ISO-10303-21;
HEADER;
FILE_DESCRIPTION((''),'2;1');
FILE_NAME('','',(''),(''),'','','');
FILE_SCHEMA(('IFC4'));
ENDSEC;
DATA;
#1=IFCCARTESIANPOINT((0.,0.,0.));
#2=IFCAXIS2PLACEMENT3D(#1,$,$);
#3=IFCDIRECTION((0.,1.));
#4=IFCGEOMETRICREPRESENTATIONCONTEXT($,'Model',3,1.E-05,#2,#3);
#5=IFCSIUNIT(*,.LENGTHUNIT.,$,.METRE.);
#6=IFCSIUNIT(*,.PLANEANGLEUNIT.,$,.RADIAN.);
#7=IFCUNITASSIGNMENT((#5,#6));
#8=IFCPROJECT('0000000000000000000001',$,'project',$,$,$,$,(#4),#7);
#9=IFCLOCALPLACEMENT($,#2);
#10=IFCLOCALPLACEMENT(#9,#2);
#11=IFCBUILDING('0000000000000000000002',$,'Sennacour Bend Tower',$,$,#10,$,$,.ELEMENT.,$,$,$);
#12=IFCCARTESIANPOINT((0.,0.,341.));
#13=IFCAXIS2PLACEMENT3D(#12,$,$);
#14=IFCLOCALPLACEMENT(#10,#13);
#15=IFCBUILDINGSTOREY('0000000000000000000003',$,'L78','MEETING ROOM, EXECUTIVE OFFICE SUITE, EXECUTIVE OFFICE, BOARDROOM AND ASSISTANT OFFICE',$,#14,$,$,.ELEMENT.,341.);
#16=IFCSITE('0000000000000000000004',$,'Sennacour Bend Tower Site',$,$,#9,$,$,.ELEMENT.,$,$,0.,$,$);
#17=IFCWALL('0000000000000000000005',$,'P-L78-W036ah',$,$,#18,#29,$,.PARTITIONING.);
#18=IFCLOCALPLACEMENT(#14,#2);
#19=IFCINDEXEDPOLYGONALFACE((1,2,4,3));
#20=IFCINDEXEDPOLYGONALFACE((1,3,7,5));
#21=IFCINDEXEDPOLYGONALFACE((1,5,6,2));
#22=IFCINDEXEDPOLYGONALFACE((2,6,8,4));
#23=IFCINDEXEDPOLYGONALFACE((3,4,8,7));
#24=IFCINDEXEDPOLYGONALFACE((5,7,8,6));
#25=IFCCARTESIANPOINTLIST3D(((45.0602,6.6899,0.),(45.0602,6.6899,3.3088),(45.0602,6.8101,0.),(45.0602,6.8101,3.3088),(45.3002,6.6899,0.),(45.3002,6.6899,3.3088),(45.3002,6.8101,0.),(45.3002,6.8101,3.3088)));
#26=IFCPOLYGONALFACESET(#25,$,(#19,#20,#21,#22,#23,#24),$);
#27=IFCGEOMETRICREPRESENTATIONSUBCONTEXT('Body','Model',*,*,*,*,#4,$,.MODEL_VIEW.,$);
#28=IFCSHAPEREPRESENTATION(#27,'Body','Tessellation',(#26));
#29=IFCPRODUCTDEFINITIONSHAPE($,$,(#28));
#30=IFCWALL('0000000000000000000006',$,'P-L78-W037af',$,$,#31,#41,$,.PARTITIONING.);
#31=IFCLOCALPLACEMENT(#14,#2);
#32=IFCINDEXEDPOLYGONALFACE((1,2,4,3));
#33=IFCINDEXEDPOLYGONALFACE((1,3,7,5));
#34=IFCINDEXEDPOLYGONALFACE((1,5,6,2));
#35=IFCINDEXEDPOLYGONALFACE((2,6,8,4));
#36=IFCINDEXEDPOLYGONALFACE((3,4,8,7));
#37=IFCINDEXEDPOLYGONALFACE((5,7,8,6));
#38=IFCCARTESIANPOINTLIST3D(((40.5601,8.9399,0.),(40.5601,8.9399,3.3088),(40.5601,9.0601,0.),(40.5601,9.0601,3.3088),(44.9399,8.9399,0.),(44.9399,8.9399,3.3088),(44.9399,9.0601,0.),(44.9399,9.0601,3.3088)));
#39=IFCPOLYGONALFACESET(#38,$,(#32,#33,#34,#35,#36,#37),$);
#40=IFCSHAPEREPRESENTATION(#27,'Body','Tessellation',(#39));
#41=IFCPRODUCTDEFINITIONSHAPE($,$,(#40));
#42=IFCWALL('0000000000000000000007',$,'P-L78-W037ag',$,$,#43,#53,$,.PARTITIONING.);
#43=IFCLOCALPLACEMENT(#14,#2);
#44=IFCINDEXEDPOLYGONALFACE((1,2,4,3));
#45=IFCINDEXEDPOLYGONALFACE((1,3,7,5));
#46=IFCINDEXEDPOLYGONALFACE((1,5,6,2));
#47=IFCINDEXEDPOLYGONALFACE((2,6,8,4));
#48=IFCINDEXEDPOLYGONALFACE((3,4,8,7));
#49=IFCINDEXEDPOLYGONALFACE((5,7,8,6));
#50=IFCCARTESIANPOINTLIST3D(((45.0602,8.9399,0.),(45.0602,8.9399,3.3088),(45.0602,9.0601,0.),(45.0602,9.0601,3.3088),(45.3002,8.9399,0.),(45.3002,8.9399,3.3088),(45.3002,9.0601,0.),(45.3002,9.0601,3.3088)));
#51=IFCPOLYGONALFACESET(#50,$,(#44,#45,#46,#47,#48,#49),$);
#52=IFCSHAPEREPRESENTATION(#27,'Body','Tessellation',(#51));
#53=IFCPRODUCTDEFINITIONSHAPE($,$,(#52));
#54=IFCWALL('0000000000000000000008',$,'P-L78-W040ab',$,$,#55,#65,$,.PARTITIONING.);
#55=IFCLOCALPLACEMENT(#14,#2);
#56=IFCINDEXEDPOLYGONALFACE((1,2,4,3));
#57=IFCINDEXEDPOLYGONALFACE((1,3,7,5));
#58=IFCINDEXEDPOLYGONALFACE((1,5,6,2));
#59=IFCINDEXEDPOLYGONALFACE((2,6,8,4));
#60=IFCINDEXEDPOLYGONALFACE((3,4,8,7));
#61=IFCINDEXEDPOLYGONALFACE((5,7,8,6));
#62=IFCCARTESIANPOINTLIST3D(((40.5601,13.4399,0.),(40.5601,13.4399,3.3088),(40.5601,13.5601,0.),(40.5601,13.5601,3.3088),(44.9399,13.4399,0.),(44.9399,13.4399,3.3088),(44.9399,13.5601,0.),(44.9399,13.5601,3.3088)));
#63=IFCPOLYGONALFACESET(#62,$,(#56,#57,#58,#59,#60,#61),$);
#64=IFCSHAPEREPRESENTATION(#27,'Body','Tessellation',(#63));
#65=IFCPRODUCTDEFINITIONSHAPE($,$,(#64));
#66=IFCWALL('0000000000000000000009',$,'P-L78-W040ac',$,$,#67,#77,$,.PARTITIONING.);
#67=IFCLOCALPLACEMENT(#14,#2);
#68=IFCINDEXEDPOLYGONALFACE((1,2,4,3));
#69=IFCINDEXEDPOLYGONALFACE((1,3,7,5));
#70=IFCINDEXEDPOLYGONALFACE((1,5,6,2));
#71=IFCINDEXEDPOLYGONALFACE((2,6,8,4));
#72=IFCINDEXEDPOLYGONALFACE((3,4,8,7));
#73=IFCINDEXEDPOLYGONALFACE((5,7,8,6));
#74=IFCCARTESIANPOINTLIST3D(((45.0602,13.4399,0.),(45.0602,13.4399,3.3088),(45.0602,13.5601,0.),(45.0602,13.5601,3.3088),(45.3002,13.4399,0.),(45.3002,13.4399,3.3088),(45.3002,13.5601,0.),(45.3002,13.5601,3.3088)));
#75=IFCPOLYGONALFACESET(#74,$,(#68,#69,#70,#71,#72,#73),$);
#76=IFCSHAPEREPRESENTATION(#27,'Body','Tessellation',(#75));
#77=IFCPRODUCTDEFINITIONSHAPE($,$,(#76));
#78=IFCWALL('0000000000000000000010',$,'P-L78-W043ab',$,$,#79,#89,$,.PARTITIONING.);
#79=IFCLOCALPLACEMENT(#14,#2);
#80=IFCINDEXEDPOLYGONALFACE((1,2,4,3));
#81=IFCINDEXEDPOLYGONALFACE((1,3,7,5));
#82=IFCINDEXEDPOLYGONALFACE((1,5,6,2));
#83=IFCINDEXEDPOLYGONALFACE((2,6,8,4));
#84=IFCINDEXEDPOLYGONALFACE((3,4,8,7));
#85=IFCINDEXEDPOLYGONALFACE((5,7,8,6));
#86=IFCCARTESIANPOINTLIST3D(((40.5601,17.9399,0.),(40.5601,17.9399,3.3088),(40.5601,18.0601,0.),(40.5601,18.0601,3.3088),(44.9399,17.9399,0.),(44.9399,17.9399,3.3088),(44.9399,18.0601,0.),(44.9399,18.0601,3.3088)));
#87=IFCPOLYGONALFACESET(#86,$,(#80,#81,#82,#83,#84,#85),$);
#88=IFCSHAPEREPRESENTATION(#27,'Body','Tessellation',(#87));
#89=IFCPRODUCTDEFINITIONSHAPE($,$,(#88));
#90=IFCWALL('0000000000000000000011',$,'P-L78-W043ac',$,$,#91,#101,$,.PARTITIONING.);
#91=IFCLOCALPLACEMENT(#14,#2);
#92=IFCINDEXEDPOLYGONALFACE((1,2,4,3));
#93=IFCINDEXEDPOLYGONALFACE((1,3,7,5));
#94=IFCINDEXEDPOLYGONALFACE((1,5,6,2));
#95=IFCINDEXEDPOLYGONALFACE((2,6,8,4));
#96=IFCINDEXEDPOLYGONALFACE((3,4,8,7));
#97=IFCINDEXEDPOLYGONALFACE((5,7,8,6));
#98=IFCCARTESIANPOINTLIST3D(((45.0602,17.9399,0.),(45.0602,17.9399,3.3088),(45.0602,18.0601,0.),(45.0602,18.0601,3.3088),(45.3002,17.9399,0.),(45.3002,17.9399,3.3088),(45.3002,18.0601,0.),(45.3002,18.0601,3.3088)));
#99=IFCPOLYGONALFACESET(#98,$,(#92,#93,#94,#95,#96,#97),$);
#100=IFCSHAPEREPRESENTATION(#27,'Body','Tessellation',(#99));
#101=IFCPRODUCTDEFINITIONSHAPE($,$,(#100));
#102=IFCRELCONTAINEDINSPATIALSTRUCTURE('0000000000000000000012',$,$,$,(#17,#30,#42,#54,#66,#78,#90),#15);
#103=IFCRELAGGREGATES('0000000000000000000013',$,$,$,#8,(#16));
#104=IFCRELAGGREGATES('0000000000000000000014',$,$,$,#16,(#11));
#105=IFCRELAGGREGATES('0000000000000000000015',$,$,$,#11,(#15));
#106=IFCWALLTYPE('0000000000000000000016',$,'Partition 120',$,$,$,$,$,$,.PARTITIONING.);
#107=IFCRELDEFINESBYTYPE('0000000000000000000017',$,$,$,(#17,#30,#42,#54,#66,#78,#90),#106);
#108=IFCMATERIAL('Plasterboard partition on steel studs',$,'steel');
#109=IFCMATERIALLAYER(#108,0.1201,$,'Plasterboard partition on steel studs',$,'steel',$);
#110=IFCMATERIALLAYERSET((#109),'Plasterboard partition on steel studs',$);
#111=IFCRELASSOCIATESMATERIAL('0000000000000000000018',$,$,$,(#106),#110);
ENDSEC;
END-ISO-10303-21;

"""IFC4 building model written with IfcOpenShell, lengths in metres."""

from ifc_helpers import new_model, si_unit, direction, frame, frame_2d, origin, place, context, subcontext, project, spatial, rectangle, extrude, material, layer, layer_set, type_object, element, save


model = new_model("IFC4")

# Units and contexts
model_context = context("Model", 3, precision=1e-05, world=origin(), true_north=direction((0.0, 1.0)))
body_context = subcontext(model_context, "Body", "Model", "MODEL_VIEW")
ifc_project = project(units=[si_unit("LENGTHUNIT", "METRE"), si_unit("PLANEANGLEUNIT", "RADIAN")], contexts=[model_context])

# Site, building, storey
site_placement = place(None, origin())
site = spatial("IfcSite", under=ifc_project, at=site_placement, Name="Sennacour Bend Tower Site", CompositionType="ELEMENT", RefElevation=0.0)
building_placement = place(site_placement, origin())
building = spatial("IfcBuilding", under=site, at=building_placement, Name="Sennacour Bend Tower", CompositionType="ELEMENT")
storey_placement = place(building_placement, frame((0.0, 0.0, 341.0)))
storey = spatial("IfcBuildingStorey", under=building, at=storey_placement, Name="L78", Description="MEETING ROOM, EXECUTIVE OFFICE SUITE, EXECUTIVE OFFICE, BOARDROOM AND ASSISTANT OFFICE", CompositionType="ELEMENT", Elevation=341.0)

# Walls
ifc_material_1 = material(Name="Plasterboard partition on steel studs", Category="steel")
ifc_layer_1 = layer(ifc_material_1, 0.1201, Name="Plasterboard partition on steel studs", Category="steel")
ifc_layer_set_1 = layer_set([ifc_layer_1], Name="Plasterboard partition on steel studs")
wall_type = type_object("IfcWallType", Name="Partition 120", PredefinedType="PARTITIONING", material=ifc_layer_set_1)
wall_1_placement = place(storey_placement, frame((45.0601, 6.75, 0.0), z_axis=(0.0, 0.0, 1.0), x_axis=(1.0, 0.0, 0.0)))
element("IfcWall", 1, at=wall_1_placement, inside=storey, type_object=wall_type, Name="P-L78-W036ah", PredefinedType="PARTITIONING", context=body_context, shape_type="SweptSolid", body=[
    extrude(rectangle(XDim=0.24, YDim=0.1201, at=frame_2d((0.1201, 0.0))), origin(), (0.0, 0.0, 1.0), 3.3088),
])
wall_2_placement = place(storey_placement, frame((40.5601, 9.0, 0.0), z_axis=(0.0, 0.0, 1.0), x_axis=(1.0, 0.0, 0.0)))
element("IfcWall", 2, at=wall_2_placement, inside=storey, type_object=wall_type, Name="P-L78-W037af", PredefinedType="PARTITIONING", context=body_context, shape_type="SweptSolid", body=[
    extrude(rectangle(XDim=4.3799, YDim=0.1201, at=frame_2d((2.1899, 0.0))), origin(), (0.0, 0.0, 1.0), 3.3088),
])
wall_3_placement = place(storey_placement, frame((45.0601, 9.0, 0.0), z_axis=(0.0, 0.0, 1.0), x_axis=(1.0, 0.0, 0.0)))
element("IfcWall", 3, at=wall_3_placement, inside=storey, type_object=wall_type, Name="P-L78-W037ag", PredefinedType="PARTITIONING", context=body_context, shape_type="SweptSolid", body=[
    extrude(rectangle(XDim=0.24, YDim=0.1201, at=frame_2d((0.1201, 0.0))), origin(), (0.0, 0.0, 1.0), 3.3088),
])
wall_4_placement = place(storey_placement, frame((40.5601, 13.5, 0.0), z_axis=(0.0, 0.0, 1.0), x_axis=(1.0, 0.0, 0.0)))
element("IfcWall", 4, at=wall_4_placement, inside=storey, type_object=wall_type, Name="P-L78-W040ab", PredefinedType="PARTITIONING", context=body_context, shape_type="SweptSolid", body=[
    extrude(rectangle(XDim=4.3799, YDim=0.1201, at=frame_2d((2.1899, 0.0))), origin(), (0.0, 0.0, 1.0), 3.3088),
])
wall_5_placement = place(storey_placement, frame((45.0601, 13.5, 0.0), z_axis=(0.0, 0.0, 1.0), x_axis=(1.0, 0.0, 0.0)))
element("IfcWall", 5, at=wall_5_placement, inside=storey, type_object=wall_type, Name="P-L78-W040ac", PredefinedType="PARTITIONING", context=body_context, shape_type="SweptSolid", body=[
    extrude(rectangle(XDim=0.24, YDim=0.1201, at=frame_2d((0.1201, 0.0))), origin(), (0.0, 0.0, 1.0), 3.3088),
])
wall_6_placement = place(storey_placement, frame((40.5601, 18.0, 0.0), z_axis=(0.0, 0.0, 1.0), x_axis=(1.0, 0.0, 0.0)))
element("IfcWall", 6, at=wall_6_placement, inside=storey, type_object=wall_type, Name="P-L78-W043ab", PredefinedType="PARTITIONING", context=body_context, shape_type="SweptSolid", body=[
    extrude(rectangle(XDim=4.3799, YDim=0.1201, at=frame_2d((2.1899, 0.0))), origin(), (0.0, 0.0, 1.0), 3.3088),
])
wall_7_placement = place(storey_placement, frame((45.0601, 18.0, 0.0), z_axis=(0.0, 0.0, 1.0), x_axis=(1.0, 0.0, 0.0)))
element("IfcWall", 7, at=wall_7_placement, inside=storey, type_object=wall_type, Name="P-L78-W043ac", PredefinedType="PARTITIONING", context=body_context, shape_type="SweptSolid", body=[
    extrude(rectangle(XDim=0.24, YDim=0.1201, at=frame_2d((0.1201, 0.0))), origin(), (0.0, 0.0, 1.0), 3.3088),
])

save(model, "model.ifc")
